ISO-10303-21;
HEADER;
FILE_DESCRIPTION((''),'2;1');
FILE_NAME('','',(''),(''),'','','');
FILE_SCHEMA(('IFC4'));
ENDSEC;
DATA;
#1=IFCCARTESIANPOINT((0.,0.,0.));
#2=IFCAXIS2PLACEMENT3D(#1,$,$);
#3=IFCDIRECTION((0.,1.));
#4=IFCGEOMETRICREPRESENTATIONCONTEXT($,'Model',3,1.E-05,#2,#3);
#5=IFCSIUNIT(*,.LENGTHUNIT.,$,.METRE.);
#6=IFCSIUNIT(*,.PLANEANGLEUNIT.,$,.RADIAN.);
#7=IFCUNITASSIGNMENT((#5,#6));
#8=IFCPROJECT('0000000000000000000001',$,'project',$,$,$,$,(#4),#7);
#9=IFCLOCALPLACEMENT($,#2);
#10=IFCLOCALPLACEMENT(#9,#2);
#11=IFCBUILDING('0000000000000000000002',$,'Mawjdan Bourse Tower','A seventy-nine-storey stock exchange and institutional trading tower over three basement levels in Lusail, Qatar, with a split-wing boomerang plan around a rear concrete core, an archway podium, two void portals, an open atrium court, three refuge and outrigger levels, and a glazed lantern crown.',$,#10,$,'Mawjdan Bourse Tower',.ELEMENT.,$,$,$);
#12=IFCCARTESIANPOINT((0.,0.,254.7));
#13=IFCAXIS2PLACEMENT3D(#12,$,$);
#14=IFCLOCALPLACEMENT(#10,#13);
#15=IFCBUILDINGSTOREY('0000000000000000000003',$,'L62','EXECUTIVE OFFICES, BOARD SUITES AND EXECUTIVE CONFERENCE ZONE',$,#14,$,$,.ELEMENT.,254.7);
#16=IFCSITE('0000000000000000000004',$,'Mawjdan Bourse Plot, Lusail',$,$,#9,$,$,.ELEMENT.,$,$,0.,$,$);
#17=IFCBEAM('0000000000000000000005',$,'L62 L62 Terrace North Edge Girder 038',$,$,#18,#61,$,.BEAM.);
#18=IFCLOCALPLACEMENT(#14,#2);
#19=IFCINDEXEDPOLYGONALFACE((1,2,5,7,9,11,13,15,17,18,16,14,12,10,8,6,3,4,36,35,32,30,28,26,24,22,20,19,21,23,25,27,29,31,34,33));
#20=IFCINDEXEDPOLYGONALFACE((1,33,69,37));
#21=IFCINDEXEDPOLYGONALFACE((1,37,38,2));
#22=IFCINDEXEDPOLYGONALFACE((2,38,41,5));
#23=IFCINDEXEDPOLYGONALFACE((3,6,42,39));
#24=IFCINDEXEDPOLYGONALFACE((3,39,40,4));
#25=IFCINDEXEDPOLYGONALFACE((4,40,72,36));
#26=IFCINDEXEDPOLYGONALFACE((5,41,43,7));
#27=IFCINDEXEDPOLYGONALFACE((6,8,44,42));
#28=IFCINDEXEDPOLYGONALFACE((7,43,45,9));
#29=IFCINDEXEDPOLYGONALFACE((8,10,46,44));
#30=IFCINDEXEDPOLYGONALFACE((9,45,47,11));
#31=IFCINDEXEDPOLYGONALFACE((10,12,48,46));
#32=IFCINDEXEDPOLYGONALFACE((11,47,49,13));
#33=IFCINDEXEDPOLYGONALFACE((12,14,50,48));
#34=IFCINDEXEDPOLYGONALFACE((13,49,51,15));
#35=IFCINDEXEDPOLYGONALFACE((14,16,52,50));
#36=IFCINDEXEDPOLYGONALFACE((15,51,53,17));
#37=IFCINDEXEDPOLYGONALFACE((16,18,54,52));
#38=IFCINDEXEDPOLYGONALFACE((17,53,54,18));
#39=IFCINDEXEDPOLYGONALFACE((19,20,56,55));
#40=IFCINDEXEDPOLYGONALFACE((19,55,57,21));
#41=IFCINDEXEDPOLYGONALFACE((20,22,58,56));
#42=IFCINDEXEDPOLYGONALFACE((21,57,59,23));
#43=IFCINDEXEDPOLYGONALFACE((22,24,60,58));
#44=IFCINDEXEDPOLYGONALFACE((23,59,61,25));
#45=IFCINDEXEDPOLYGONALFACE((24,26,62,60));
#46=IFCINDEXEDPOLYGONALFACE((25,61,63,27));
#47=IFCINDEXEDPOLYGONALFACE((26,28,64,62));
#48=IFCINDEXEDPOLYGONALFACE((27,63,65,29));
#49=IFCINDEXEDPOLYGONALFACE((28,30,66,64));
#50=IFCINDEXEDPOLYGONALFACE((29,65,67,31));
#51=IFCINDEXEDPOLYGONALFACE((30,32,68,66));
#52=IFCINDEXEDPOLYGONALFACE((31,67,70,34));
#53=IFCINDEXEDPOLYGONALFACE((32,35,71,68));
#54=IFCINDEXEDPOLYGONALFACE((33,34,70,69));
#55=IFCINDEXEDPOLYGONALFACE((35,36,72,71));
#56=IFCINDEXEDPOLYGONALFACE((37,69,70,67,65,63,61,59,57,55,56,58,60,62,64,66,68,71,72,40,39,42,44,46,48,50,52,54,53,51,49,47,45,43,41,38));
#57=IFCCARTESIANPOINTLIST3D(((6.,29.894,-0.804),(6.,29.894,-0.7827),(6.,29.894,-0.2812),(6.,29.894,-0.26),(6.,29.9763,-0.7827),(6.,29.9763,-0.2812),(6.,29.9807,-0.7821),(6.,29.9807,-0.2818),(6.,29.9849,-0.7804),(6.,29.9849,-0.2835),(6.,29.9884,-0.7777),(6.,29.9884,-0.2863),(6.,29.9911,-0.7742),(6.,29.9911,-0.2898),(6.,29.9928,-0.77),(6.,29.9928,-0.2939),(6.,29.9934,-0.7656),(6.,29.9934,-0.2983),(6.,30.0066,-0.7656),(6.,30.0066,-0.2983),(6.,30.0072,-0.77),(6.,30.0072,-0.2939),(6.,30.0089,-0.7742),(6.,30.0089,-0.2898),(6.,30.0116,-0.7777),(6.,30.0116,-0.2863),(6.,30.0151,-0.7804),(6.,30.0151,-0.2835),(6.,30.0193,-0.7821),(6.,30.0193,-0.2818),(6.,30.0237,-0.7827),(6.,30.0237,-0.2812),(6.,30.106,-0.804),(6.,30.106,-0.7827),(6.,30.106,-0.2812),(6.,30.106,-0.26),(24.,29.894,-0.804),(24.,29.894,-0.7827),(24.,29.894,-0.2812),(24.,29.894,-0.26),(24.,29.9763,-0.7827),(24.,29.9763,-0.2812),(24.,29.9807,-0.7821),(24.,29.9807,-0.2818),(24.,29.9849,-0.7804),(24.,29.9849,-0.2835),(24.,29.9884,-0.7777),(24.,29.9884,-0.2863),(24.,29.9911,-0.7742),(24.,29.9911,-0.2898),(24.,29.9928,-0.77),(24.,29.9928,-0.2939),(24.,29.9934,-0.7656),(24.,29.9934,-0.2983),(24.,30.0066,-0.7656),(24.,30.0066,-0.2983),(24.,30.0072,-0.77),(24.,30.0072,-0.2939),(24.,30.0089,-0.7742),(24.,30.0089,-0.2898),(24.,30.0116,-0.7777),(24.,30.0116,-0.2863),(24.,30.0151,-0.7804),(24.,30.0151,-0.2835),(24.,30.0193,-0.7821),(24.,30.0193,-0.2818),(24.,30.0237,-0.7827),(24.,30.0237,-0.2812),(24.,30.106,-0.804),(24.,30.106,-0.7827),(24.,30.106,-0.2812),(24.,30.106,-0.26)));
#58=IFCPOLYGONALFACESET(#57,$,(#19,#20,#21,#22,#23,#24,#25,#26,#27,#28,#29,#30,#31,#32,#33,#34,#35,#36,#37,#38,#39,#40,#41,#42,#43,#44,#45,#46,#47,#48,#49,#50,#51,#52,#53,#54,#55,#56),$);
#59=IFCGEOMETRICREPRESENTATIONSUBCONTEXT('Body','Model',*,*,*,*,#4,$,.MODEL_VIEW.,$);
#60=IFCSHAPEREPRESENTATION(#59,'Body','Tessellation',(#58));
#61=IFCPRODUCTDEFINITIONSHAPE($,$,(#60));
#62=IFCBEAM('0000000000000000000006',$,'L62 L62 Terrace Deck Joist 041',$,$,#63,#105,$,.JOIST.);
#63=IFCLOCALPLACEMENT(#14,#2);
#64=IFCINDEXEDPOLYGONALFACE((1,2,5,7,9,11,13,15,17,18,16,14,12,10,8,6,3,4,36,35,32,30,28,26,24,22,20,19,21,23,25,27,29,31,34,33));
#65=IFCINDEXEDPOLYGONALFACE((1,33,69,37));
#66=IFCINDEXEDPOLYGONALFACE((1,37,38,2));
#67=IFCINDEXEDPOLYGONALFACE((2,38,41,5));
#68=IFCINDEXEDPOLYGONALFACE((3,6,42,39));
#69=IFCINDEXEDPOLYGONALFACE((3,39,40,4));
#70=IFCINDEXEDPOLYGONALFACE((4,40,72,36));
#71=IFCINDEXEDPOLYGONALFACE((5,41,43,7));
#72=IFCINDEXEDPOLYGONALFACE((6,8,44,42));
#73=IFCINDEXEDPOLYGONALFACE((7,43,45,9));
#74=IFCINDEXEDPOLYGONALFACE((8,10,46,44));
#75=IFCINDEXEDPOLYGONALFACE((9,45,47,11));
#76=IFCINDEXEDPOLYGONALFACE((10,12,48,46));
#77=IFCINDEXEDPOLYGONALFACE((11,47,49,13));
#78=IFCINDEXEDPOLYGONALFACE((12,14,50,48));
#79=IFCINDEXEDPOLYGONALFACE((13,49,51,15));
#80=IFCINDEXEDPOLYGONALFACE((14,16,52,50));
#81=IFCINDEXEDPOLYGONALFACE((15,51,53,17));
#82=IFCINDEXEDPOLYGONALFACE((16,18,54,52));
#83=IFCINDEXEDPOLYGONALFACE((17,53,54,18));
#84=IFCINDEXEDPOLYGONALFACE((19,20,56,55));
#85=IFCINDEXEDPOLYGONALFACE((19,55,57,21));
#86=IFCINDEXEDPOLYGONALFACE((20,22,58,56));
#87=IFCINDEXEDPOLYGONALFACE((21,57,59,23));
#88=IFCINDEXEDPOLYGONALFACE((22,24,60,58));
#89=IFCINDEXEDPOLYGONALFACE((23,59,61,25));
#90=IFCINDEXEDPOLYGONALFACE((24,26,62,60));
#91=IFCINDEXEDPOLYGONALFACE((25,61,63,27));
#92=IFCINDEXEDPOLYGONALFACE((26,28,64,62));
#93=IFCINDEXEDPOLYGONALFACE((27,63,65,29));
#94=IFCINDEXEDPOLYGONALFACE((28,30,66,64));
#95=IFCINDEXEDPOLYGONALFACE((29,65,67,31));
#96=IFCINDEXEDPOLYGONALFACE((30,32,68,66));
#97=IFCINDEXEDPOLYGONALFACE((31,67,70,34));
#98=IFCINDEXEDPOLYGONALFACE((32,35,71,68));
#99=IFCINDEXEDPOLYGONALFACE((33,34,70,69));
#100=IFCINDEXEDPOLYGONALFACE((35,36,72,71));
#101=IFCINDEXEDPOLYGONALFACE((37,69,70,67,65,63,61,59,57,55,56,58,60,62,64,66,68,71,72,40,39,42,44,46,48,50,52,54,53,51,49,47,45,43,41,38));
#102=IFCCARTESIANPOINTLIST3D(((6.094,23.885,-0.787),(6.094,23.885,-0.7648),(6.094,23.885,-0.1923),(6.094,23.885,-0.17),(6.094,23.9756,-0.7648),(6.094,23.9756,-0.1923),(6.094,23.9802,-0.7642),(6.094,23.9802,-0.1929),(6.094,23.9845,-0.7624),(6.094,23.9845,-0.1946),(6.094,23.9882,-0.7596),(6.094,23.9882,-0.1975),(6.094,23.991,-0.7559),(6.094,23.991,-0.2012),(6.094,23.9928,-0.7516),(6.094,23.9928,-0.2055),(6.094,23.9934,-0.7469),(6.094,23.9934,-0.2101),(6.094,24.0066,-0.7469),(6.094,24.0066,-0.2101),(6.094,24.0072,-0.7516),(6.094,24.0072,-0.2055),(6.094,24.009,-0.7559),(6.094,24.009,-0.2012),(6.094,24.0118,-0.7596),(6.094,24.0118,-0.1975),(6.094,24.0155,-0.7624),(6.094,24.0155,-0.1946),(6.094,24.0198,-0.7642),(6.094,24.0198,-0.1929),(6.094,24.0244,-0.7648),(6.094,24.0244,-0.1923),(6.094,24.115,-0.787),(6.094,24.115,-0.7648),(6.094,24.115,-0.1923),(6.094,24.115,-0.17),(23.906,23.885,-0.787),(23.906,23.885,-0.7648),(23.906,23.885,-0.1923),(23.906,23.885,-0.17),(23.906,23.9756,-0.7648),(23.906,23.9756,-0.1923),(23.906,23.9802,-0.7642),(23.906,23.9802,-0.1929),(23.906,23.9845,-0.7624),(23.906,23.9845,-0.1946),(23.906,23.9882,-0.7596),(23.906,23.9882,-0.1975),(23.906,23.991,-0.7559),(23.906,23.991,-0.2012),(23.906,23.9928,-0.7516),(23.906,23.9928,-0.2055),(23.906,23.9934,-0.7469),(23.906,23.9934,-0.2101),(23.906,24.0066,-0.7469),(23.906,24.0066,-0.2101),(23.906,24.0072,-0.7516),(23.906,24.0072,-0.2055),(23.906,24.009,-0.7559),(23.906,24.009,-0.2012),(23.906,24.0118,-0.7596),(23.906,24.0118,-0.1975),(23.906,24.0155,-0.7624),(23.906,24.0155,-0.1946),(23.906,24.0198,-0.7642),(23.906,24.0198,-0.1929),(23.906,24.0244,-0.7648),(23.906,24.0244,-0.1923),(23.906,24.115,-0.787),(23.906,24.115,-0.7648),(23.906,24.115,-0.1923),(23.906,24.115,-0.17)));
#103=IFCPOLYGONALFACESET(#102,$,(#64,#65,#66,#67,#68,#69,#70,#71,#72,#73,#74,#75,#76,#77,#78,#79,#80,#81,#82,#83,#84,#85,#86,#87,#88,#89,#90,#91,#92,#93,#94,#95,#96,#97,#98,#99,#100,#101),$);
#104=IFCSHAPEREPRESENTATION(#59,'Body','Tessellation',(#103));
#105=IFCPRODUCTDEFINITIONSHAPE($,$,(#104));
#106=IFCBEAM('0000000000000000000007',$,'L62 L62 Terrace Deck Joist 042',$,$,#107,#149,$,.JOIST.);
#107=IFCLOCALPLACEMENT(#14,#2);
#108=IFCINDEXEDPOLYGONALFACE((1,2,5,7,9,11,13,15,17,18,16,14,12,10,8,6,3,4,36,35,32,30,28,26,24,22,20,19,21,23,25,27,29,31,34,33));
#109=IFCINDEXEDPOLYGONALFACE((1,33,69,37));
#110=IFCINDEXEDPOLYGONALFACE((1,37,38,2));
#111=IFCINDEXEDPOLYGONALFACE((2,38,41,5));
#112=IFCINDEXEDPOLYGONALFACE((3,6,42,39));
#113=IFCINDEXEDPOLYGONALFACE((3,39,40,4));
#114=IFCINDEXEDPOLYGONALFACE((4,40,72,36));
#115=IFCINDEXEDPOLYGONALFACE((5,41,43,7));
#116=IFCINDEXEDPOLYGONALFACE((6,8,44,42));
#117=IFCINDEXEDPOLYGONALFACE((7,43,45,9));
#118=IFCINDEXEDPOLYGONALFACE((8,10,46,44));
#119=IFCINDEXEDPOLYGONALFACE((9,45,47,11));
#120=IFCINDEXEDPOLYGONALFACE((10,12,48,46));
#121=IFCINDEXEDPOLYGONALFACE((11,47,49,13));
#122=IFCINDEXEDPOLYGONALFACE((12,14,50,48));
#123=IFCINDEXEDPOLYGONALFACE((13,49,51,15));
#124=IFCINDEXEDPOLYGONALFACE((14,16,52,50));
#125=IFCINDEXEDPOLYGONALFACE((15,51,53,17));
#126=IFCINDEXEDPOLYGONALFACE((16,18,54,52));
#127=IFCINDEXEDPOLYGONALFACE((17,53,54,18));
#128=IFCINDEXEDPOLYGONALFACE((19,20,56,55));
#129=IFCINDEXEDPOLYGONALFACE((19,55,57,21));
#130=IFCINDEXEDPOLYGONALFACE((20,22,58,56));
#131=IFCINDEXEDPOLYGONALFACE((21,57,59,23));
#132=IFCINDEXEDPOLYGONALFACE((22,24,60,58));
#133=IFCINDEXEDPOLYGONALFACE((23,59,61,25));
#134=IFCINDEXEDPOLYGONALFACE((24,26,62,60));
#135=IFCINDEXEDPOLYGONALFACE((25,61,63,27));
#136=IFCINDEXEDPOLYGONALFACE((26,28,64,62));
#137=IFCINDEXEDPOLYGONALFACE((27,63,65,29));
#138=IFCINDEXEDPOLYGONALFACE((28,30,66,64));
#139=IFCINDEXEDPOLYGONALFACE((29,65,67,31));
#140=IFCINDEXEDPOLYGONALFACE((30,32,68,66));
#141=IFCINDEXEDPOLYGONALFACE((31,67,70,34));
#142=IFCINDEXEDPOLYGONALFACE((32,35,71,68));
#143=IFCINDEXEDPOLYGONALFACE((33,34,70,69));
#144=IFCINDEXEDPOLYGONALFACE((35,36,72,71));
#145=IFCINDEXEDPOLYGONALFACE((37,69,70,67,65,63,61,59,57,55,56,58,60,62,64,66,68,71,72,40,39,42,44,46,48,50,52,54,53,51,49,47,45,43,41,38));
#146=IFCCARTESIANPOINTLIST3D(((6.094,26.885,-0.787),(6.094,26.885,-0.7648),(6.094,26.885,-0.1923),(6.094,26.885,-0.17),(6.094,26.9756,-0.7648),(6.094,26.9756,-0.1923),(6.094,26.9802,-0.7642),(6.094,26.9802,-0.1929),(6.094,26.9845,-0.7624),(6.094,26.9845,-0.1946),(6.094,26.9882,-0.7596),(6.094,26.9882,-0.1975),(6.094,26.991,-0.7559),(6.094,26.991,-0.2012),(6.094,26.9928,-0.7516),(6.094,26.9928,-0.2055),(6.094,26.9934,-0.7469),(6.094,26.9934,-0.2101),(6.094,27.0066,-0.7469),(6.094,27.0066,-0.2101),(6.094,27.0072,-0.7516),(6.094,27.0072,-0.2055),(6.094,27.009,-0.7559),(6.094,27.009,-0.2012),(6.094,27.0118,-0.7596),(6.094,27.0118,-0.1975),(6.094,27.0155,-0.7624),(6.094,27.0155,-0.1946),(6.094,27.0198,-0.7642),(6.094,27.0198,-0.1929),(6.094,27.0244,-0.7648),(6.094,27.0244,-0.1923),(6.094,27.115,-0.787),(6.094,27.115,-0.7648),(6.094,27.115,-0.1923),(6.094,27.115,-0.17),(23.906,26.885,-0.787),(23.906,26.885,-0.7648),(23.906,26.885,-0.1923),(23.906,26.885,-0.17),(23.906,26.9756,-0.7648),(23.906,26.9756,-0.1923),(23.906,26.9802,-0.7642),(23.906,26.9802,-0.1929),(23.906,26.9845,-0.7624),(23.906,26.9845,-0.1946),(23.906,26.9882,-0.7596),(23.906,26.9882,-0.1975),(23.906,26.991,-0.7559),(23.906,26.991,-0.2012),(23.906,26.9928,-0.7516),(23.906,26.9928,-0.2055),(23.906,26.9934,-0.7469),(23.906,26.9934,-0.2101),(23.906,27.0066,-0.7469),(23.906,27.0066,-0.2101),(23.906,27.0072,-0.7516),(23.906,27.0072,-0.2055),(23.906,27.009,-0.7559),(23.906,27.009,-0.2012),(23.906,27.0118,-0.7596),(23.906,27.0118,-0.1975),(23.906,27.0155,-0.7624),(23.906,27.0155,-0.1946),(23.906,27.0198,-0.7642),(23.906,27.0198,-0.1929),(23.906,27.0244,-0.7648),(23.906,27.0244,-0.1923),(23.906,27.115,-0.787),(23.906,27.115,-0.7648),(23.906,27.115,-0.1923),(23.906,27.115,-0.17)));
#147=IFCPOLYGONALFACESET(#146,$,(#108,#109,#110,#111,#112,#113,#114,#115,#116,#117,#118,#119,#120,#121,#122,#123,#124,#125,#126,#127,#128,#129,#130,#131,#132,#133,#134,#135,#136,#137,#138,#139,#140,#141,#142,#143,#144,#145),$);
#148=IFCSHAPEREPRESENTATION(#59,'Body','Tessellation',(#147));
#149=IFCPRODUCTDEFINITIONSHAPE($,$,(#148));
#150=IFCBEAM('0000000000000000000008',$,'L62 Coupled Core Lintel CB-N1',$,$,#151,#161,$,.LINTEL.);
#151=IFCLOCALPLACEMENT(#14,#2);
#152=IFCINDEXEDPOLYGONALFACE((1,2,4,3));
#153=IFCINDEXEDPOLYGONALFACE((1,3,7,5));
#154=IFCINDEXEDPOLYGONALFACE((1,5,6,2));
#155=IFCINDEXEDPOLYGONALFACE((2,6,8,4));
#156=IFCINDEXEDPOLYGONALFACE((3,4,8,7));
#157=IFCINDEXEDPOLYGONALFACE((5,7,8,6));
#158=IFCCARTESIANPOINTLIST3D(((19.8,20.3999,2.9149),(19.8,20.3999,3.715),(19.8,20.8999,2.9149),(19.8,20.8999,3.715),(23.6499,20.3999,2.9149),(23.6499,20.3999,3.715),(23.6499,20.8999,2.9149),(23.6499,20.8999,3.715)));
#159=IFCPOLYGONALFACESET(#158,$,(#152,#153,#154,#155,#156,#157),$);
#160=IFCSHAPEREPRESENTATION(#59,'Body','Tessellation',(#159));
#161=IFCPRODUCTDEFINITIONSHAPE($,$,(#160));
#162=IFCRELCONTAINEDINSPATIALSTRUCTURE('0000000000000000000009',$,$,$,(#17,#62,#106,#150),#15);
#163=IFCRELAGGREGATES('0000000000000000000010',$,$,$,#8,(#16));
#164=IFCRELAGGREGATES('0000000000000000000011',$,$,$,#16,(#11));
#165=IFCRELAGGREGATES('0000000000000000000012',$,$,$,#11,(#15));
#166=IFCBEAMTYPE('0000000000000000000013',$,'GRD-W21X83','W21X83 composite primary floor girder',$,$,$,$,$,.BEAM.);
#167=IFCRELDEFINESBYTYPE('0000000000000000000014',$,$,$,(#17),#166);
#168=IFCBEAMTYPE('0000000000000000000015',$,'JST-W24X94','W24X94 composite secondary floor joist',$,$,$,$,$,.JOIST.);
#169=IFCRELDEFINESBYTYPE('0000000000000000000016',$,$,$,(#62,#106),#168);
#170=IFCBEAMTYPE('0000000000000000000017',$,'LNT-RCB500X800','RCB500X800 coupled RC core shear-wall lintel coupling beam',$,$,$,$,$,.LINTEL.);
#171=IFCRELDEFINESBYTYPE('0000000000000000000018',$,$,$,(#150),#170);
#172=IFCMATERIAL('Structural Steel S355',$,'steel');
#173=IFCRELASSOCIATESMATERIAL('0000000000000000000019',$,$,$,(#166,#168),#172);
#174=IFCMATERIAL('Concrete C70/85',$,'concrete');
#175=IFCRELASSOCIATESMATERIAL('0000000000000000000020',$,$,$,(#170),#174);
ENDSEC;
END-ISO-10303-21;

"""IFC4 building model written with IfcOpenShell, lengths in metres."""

from ifc_helpers import new_model, si_unit, direction, frame, origin, origin_2d, place, context, subcontext, project, spatial, rectangle, i_section, extrude, material, material_profile, profile_set, type_object, element, save


model = new_model("IFC4")

# Units and contexts
model_context = context("Model", 3, precision=1e-05, world=origin(), true_north=direction((0.0, 1.0)))
body_context = subcontext(model_context, "Body", "Model", "MODEL_VIEW")
ifc_project = project(units=[si_unit("LENGTHUNIT", "METRE"), si_unit("PLANEANGLEUNIT", "RADIAN")], contexts=[model_context])

# Site, building, storey
site_placement = place(None, origin())
site = spatial("IfcSite", under=ifc_project, at=site_placement, Name="Mawjdan Bourse Plot, Lusail", CompositionType="ELEMENT", RefElevation=0.0)
building_placement = place(site_placement, origin())
building = spatial("IfcBuilding", under=site, at=building_placement, Name="Mawjdan Bourse Tower", Description="A seventy-nine-storey stock exchange and institutional trading tower over three basement levels in Lusail, Qatar, with a split-wing boomerang plan around a rear concrete core, an archway podium, two void portals, an open atrium court, three refuge and outrigger levels, and a glazed lantern crown.", LongName="Mawjdan Bourse Tower", CompositionType="ELEMENT")
storey_placement = place(building_placement, frame((0.0, 0.0, 254.7)))
storey = spatial("IfcBuildingStorey", under=building, at=storey_placement, Name="L62", Description="EXECUTIVE OFFICES, BOARD SUITES AND EXECUTIVE CONFERENCE ZONE", CompositionType="ELEMENT", Elevation=254.7)

# Beams
ifc_material_1 = material(Name="Structural Steel S355", Category="steel")
ifc_material_profile_1 = material_profile(ifc_material_1, i_section(OverallWidth=0.2119, OverallDepth=0.5439, WebThickness=0.0132, FlangeThickness=0.0212, FilletRadius=0.0171, at=origin_2d()), Name="W21X83")
ifc_profile_set_1 = profile_set([ifc_material_profile_1], Name="Structural Steel S355")
beam_type_1 = type_object("IfcBeamType", Name="GRD-W21X83", Description="W21X83 composite primary floor girder", PredefinedType="BEAM", material=ifc_profile_set_1)
beam_1_placement = place(storey_placement, frame((6.0, 30.0, -0.532), z_axis=(1.0, 0.0, 0.0), x_axis=(0.0, 1.0, 0.0)))
element("IfcBeam", 1, at=beam_1_placement, inside=storey, type_object=beam_type_1, Name="L62 L62 Terrace North Edge Girder 038", PredefinedType="BEAM", context=body_context, shape_type="SweptSolid", body=[
    extrude(i_section(OverallWidth=0.2119, OverallDepth=0.5439, WebThickness=0.0132, FlangeThickness=0.0212, FilletRadius=0.0171, at=origin_2d()), origin(), (0.0, 0.0, 1.0), 18.0),
])
ifc_material_profile_2 = material_profile(ifc_material_1, i_section(OverallWidth=0.23, OverallDepth=0.6169, WebThickness=0.0132, FlangeThickness=0.0222, FilletRadius=0.0178, at=origin_2d()), Name="W24X94")
ifc_profile_set_2 = profile_set([ifc_material_profile_2], Name="Structural Steel S355")
beam_type_2 = type_object("IfcBeamType", Name="JST-W24X94", Description="W24X94 composite secondary floor joist", PredefinedType="JOIST", material=ifc_profile_set_2)
for number, where, z_axis, x_axis, name in (
    (2, (6.094, 24.0, -0.4785), (1.0, 0.0, 0.0), (0.0, 1.0, 0.0), "L62 L62 Terrace Deck Joist 041"),
    (3, (6.094, 27.0, -0.4785), (1.0, 0.0, 0.0), (0.0, 1.0, 0.0), "L62 L62 Terrace Deck Joist 042"),
):
    element("IfcBeam", number, at=place(storey_placement, frame(where, z_axis=z_axis, x_axis=x_axis)), inside=storey, type_object=beam_type_2, Name=name, PredefinedType="JOIST", context=body_context, shape_type="SweptSolid", body=[
        extrude(i_section(OverallWidth=0.23, OverallDepth=0.6169, WebThickness=0.0132, FlangeThickness=0.0222, FilletRadius=0.0178, at=origin_2d()), origin(), (0.0, 0.0, 1.0), 17.812),
    ])
ifc_material_2 = material(Name="Concrete C70/85", Category="concrete")
ifc_material_profile_3 = material_profile(ifc_material_2, rectangle(XDim=0.5, YDim=0.8, at=origin_2d()), Name="RCB500X800")
ifc_profile_set_3 = profile_set([ifc_material_profile_3], Name="Concrete C70/85")
beam_type_3 = type_object("IfcBeamType", Name="LNT-RCB500X800", Description="RCB500X800 coupled RC core shear-wall lintel coupling beam", PredefinedType="LINTEL", material=ifc_profile_set_3)
beam_2_placement = place(storey_placement, frame((19.8, 20.6499, 3.3149), z_axis=(1.0, 0.0, 0.0), x_axis=(0.0, 1.0, 0.0)))
element("IfcBeam", 4, at=beam_2_placement, inside=storey, type_object=beam_type_3, Name="L62 Coupled Core Lintel CB-N1", PredefinedType="LINTEL", context=body_context, shape_type="SweptSolid", body=[
    extrude(rectangle(XDim=0.5, YDim=0.8, at=origin_2d()), origin(), (0.0, 0.0, 1.0), 3.8499),
])

save(model, "model.ifc")
